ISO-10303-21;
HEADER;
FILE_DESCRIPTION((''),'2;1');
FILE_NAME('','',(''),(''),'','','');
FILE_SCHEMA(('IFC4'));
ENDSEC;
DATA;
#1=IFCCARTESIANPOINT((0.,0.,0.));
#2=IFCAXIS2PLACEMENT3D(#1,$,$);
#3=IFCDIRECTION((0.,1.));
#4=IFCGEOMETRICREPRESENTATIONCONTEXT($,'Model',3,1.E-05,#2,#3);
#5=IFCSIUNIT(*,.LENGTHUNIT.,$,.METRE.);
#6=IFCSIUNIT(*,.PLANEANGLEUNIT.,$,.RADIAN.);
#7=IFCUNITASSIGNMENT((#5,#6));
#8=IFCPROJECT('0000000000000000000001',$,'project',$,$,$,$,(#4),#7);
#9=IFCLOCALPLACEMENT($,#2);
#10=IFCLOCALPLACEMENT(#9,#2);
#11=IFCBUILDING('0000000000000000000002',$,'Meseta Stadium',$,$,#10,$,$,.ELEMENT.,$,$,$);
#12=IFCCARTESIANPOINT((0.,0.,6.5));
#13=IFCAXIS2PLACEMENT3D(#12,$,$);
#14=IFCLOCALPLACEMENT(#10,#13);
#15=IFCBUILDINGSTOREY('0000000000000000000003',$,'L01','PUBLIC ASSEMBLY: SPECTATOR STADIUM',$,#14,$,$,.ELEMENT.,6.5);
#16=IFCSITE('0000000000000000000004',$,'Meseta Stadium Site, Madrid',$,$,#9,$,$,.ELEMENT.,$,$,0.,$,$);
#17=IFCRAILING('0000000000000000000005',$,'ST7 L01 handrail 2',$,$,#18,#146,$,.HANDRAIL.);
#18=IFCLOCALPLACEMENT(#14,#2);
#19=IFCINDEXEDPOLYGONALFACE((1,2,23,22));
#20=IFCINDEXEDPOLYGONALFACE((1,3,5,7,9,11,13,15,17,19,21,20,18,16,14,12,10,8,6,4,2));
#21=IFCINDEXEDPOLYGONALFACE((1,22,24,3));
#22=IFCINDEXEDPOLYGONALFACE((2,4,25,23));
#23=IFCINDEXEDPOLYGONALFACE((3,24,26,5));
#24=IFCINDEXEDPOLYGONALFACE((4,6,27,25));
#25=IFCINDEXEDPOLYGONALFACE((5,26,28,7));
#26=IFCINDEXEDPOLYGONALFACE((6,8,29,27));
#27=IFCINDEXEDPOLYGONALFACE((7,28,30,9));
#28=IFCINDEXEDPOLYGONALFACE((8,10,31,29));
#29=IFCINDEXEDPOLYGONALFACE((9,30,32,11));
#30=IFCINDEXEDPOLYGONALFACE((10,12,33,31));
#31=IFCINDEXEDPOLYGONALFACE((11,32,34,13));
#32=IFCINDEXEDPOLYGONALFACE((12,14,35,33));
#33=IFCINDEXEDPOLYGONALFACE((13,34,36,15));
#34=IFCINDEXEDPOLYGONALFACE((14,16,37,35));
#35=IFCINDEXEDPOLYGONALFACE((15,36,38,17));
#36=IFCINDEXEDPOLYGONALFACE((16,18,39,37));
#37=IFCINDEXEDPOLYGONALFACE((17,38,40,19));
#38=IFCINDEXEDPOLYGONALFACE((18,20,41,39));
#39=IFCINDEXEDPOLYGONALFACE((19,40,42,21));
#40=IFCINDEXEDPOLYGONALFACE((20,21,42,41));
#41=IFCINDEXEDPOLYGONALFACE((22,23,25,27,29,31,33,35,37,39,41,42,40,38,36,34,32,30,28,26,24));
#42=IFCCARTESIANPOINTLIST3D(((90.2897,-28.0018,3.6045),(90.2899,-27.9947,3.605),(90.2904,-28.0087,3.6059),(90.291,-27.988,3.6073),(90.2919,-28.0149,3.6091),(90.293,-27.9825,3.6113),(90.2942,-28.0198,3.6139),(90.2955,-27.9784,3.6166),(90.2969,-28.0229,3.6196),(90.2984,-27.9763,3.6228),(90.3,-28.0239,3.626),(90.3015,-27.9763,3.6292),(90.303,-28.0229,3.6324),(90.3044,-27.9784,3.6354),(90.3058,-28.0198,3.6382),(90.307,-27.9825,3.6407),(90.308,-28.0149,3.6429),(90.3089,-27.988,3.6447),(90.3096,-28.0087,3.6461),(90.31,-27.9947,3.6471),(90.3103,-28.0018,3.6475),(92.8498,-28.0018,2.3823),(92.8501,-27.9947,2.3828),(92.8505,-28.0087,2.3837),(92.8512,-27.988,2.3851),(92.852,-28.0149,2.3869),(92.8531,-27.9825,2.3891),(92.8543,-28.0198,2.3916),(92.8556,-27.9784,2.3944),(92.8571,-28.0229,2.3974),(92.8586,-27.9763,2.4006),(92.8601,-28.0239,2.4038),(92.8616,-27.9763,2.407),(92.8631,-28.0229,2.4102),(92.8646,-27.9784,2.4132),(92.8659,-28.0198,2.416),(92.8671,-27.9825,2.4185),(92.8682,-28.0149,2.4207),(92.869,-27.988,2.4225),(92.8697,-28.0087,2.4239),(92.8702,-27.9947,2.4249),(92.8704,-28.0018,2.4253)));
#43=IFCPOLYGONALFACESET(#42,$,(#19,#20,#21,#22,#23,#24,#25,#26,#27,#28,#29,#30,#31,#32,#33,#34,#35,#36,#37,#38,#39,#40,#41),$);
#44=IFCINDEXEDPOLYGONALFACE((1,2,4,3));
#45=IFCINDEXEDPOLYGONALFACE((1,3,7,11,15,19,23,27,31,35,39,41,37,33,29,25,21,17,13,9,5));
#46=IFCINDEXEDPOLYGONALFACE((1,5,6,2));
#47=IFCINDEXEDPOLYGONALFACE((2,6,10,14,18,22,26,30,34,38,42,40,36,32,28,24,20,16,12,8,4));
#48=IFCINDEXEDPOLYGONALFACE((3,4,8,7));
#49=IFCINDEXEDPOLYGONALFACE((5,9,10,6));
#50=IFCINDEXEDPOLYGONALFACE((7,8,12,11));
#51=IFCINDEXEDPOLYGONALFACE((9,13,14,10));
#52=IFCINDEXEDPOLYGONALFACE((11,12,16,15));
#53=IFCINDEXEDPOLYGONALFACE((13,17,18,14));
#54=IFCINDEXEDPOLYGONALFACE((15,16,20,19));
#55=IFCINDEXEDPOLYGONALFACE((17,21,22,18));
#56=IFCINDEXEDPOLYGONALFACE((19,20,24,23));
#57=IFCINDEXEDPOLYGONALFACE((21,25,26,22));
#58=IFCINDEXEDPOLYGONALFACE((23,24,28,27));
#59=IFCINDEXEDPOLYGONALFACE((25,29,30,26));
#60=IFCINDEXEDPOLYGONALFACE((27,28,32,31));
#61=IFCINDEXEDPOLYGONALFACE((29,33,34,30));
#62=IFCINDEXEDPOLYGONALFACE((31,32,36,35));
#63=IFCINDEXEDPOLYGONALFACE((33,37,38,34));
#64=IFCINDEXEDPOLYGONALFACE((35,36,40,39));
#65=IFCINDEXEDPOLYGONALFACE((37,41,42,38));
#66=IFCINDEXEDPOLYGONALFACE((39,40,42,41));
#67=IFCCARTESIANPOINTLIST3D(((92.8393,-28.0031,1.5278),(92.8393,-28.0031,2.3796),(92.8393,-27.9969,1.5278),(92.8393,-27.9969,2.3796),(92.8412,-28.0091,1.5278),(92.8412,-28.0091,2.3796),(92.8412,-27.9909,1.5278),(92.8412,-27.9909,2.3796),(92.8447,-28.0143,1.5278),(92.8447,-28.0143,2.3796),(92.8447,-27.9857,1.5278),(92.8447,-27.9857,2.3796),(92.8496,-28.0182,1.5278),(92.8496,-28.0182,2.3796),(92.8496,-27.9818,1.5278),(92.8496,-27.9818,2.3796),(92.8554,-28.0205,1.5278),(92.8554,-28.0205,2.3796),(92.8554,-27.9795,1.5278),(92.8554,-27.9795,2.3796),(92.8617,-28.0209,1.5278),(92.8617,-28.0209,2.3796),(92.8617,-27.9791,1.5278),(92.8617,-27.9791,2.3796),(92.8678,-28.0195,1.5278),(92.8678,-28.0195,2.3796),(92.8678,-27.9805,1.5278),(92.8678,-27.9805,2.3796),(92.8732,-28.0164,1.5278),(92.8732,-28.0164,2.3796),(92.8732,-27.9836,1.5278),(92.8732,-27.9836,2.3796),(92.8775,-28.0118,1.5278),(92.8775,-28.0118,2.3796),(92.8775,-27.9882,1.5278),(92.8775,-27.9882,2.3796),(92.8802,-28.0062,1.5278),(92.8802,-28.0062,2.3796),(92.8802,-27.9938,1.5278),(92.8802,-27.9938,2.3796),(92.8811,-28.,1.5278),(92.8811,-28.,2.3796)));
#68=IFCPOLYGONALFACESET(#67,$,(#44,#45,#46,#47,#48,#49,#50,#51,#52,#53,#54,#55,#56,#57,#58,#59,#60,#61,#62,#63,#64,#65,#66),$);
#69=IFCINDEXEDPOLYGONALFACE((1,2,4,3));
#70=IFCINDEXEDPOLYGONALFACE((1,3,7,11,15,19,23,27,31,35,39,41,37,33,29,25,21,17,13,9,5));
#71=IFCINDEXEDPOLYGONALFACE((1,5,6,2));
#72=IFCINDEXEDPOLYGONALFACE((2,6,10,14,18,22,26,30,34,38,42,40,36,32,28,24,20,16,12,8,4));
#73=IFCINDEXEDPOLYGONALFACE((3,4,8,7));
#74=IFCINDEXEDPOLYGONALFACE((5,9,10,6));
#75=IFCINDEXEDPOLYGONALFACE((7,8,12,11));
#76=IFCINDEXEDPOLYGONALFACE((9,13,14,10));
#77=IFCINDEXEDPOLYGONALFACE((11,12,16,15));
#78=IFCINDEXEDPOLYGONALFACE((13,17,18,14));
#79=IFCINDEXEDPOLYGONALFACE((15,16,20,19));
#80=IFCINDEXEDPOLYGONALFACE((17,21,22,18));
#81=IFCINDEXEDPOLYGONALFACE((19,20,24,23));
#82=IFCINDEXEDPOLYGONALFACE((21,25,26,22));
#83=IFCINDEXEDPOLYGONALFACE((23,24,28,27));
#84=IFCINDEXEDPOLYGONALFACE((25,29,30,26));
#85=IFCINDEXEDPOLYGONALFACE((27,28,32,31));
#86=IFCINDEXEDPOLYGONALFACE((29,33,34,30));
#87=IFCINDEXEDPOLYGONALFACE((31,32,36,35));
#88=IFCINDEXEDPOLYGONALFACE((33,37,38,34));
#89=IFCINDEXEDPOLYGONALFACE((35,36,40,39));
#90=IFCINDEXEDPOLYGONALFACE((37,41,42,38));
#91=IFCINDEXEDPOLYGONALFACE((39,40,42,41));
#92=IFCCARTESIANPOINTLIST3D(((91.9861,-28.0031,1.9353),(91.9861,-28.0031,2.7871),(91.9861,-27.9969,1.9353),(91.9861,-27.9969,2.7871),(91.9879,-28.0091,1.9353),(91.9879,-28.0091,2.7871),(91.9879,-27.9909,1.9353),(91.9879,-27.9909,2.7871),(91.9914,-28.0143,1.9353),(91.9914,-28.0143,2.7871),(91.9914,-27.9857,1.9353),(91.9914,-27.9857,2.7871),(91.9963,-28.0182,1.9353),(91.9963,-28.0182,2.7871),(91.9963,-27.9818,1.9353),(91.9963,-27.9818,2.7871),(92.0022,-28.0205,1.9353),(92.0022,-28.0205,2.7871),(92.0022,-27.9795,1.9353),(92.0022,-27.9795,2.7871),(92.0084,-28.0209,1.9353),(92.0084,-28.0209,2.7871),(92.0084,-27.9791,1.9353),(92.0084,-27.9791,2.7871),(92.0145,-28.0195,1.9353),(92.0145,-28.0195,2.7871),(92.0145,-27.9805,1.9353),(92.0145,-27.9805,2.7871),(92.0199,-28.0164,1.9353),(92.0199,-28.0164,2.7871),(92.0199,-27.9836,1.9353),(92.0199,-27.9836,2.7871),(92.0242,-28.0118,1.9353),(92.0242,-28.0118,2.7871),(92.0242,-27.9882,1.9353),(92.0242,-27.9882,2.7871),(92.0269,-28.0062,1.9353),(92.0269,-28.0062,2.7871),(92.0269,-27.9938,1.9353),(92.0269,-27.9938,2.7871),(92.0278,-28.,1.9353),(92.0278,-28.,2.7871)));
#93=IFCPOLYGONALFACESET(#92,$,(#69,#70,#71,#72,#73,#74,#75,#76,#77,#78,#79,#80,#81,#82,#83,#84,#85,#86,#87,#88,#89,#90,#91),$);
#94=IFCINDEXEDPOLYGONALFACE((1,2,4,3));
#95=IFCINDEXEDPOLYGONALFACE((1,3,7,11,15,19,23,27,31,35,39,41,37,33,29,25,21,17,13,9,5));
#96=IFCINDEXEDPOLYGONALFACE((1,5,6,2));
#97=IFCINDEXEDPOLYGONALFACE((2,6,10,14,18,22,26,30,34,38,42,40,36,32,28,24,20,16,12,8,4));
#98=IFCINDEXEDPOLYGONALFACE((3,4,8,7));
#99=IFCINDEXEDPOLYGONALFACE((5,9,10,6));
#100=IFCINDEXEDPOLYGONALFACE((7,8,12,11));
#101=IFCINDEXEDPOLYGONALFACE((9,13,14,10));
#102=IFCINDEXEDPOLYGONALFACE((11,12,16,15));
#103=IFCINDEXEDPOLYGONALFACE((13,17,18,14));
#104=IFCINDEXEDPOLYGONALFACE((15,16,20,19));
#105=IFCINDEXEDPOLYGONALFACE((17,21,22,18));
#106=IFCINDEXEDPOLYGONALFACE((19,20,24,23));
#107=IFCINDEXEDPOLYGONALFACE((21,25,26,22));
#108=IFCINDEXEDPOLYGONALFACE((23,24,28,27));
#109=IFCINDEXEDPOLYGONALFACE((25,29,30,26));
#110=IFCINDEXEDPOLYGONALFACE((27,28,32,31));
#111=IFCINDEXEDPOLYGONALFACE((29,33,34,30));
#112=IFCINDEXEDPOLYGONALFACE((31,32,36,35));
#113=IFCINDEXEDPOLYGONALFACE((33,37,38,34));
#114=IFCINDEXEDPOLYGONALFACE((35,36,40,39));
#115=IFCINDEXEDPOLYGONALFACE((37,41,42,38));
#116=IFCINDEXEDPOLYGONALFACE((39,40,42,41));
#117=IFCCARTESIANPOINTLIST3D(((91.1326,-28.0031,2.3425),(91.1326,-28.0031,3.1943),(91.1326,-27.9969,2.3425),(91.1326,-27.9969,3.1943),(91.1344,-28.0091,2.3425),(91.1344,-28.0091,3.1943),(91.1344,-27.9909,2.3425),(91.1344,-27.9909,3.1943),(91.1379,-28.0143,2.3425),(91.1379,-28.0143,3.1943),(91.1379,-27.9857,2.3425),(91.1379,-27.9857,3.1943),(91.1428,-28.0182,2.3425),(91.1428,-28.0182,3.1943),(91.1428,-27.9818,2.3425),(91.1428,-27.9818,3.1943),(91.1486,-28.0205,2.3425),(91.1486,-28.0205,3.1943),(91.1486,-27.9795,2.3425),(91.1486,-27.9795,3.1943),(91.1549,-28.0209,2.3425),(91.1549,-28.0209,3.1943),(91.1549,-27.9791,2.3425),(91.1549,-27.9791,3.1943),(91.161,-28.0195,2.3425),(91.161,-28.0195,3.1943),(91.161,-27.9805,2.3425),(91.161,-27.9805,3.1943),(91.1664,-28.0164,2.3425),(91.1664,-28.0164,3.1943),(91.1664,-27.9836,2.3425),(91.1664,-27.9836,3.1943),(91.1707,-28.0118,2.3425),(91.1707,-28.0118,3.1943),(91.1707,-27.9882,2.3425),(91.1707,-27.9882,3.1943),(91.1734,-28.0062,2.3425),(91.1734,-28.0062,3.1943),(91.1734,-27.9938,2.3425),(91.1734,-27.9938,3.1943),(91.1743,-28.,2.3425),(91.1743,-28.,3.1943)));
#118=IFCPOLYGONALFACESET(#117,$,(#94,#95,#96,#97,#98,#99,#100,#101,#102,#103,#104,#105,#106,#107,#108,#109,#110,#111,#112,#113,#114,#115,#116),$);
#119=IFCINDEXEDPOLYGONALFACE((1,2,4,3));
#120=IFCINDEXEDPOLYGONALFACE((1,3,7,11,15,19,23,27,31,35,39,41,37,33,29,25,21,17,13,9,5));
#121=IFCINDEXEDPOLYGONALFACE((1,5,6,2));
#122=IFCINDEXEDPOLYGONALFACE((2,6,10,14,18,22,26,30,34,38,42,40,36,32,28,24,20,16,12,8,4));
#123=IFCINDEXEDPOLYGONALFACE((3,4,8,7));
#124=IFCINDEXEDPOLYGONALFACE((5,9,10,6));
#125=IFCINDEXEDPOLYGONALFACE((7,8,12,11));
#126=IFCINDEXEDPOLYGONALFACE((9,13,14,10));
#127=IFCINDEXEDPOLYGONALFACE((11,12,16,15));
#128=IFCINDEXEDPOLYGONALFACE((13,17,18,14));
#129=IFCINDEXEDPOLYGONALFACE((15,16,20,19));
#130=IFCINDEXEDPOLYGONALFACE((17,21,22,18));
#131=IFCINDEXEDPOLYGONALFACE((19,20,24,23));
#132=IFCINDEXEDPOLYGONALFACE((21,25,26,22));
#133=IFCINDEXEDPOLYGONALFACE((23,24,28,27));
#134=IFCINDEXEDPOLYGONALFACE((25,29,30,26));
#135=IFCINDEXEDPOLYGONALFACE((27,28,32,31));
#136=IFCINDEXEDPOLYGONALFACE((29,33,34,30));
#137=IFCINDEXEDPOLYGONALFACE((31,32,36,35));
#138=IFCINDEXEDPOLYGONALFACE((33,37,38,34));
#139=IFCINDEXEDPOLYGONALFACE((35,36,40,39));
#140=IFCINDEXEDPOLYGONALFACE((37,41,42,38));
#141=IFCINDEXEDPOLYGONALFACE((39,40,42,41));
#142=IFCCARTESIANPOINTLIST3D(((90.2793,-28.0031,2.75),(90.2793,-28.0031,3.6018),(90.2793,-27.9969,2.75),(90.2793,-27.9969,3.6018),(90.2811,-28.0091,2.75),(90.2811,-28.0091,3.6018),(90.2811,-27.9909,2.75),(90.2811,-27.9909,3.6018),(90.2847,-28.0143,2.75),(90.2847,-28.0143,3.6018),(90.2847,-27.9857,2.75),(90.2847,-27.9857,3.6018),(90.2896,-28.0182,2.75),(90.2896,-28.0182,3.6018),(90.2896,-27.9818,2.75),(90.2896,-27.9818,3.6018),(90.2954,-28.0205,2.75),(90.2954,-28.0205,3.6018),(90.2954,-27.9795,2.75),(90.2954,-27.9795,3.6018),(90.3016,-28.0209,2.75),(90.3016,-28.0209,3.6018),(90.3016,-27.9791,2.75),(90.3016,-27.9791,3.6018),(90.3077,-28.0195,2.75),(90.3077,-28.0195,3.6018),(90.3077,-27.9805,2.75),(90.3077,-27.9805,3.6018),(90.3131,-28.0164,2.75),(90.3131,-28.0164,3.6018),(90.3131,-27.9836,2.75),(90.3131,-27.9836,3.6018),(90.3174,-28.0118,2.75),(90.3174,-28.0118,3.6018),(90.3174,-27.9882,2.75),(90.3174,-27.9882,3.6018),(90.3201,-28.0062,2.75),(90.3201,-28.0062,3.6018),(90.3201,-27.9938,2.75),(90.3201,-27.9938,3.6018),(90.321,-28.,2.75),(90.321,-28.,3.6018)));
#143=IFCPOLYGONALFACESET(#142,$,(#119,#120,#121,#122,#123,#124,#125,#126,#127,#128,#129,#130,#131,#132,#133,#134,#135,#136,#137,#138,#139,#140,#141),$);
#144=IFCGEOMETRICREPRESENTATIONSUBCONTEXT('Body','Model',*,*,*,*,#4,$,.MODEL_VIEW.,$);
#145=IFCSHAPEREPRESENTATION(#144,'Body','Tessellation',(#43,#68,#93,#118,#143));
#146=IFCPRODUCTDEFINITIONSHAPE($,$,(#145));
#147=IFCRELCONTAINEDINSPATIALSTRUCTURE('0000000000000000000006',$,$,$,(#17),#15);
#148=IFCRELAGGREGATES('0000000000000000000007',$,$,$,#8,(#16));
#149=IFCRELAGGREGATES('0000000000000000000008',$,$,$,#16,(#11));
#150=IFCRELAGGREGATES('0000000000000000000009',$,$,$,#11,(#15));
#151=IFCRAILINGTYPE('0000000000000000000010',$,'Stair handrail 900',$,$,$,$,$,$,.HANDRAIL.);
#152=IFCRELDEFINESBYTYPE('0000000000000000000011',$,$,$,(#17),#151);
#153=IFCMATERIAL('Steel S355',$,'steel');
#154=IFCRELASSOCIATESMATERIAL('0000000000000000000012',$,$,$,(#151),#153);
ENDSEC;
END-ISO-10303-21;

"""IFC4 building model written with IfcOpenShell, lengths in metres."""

from ifc_helpers import new_model, si_unit, direction, frame, origin, origin_2d, place, context, subcontext, project, spatial, circle, extrude, material, type_object, element, save


model = new_model("IFC4")

# Units and contexts
model_context = context("Model", 3, precision=1e-05, world=origin(), true_north=direction((0.0, 1.0)))
body_context = subcontext(model_context, "Body", "Model", "MODEL_VIEW")
ifc_project = project(units=[si_unit("LENGTHUNIT", "METRE"), si_unit("PLANEANGLEUNIT", "RADIAN")], contexts=[model_context])

# Site, building, storey
site_placement = place(None, origin())
site = spatial("IfcSite", under=ifc_project, at=site_placement, Name="Meseta Stadium Site, Madrid", CompositionType="ELEMENT", RefElevation=0.0)
building_placement = place(site_placement, origin())
building = spatial("IfcBuilding", under=site, at=building_placement, Name="Meseta Stadium", CompositionType="ELEMENT")
storey_placement = place(building_placement, frame((0.0, 0.0, 6.5)))
storey = spatial("IfcBuildingStorey", under=building, at=storey_placement, Name="L01", Description="PUBLIC ASSEMBLY: SPECTATOR STADIUM", CompositionType="ELEMENT", Elevation=6.5)

# Railing
ifc_material_1 = material(Name="Steel S355", Category="steel")
railing_type_1 = type_object("IfcRailingType", Name="Stair handrail 900", PredefinedType="HANDRAIL", material=ifc_material_1)
railing_1_placement = place(storey_placement, frame((92.8601, -28.0, 1.5278)))
element("IfcRailing", 1, at=railing_1_placement, inside=storey, type_object=railing_type_1, Name="ST7 L01 handrail 2", PredefinedType="HANDRAIL", context=body_context, shape_type="SweptSolid", body=[
    extrude(circle(Radius=0.0239, at=origin_2d()), frame((0.0, 0.0, 0.876), z_axis=(-0.902437, 0.0, 0.430822), x_axis=(0.0, -1.0, 0.0)), (0.0, 0.0, 1.0), 2.8369),
    extrude(circle(Radius=0.021, at=origin_2d()), origin(), (0.0, 0.0, 1.0), 0.8518),
    extrude(circle(Radius=0.021, at=origin_2d()), frame((-0.8533, 0.0, 0.4075)), (0.0, 0.0, 1.0), 0.8518),
    extrude(circle(Radius=0.021, at=origin_2d()), frame((-1.7068, 0.0, 0.8147)), (0.0, 0.0, 1.0), 0.8518),
    extrude(circle(Radius=0.021, at=origin_2d()), frame((-2.5601, 0.0, 1.2222)), (0.0, 0.0, 1.0), 0.8518),
])

save(model, "model.ifc")
